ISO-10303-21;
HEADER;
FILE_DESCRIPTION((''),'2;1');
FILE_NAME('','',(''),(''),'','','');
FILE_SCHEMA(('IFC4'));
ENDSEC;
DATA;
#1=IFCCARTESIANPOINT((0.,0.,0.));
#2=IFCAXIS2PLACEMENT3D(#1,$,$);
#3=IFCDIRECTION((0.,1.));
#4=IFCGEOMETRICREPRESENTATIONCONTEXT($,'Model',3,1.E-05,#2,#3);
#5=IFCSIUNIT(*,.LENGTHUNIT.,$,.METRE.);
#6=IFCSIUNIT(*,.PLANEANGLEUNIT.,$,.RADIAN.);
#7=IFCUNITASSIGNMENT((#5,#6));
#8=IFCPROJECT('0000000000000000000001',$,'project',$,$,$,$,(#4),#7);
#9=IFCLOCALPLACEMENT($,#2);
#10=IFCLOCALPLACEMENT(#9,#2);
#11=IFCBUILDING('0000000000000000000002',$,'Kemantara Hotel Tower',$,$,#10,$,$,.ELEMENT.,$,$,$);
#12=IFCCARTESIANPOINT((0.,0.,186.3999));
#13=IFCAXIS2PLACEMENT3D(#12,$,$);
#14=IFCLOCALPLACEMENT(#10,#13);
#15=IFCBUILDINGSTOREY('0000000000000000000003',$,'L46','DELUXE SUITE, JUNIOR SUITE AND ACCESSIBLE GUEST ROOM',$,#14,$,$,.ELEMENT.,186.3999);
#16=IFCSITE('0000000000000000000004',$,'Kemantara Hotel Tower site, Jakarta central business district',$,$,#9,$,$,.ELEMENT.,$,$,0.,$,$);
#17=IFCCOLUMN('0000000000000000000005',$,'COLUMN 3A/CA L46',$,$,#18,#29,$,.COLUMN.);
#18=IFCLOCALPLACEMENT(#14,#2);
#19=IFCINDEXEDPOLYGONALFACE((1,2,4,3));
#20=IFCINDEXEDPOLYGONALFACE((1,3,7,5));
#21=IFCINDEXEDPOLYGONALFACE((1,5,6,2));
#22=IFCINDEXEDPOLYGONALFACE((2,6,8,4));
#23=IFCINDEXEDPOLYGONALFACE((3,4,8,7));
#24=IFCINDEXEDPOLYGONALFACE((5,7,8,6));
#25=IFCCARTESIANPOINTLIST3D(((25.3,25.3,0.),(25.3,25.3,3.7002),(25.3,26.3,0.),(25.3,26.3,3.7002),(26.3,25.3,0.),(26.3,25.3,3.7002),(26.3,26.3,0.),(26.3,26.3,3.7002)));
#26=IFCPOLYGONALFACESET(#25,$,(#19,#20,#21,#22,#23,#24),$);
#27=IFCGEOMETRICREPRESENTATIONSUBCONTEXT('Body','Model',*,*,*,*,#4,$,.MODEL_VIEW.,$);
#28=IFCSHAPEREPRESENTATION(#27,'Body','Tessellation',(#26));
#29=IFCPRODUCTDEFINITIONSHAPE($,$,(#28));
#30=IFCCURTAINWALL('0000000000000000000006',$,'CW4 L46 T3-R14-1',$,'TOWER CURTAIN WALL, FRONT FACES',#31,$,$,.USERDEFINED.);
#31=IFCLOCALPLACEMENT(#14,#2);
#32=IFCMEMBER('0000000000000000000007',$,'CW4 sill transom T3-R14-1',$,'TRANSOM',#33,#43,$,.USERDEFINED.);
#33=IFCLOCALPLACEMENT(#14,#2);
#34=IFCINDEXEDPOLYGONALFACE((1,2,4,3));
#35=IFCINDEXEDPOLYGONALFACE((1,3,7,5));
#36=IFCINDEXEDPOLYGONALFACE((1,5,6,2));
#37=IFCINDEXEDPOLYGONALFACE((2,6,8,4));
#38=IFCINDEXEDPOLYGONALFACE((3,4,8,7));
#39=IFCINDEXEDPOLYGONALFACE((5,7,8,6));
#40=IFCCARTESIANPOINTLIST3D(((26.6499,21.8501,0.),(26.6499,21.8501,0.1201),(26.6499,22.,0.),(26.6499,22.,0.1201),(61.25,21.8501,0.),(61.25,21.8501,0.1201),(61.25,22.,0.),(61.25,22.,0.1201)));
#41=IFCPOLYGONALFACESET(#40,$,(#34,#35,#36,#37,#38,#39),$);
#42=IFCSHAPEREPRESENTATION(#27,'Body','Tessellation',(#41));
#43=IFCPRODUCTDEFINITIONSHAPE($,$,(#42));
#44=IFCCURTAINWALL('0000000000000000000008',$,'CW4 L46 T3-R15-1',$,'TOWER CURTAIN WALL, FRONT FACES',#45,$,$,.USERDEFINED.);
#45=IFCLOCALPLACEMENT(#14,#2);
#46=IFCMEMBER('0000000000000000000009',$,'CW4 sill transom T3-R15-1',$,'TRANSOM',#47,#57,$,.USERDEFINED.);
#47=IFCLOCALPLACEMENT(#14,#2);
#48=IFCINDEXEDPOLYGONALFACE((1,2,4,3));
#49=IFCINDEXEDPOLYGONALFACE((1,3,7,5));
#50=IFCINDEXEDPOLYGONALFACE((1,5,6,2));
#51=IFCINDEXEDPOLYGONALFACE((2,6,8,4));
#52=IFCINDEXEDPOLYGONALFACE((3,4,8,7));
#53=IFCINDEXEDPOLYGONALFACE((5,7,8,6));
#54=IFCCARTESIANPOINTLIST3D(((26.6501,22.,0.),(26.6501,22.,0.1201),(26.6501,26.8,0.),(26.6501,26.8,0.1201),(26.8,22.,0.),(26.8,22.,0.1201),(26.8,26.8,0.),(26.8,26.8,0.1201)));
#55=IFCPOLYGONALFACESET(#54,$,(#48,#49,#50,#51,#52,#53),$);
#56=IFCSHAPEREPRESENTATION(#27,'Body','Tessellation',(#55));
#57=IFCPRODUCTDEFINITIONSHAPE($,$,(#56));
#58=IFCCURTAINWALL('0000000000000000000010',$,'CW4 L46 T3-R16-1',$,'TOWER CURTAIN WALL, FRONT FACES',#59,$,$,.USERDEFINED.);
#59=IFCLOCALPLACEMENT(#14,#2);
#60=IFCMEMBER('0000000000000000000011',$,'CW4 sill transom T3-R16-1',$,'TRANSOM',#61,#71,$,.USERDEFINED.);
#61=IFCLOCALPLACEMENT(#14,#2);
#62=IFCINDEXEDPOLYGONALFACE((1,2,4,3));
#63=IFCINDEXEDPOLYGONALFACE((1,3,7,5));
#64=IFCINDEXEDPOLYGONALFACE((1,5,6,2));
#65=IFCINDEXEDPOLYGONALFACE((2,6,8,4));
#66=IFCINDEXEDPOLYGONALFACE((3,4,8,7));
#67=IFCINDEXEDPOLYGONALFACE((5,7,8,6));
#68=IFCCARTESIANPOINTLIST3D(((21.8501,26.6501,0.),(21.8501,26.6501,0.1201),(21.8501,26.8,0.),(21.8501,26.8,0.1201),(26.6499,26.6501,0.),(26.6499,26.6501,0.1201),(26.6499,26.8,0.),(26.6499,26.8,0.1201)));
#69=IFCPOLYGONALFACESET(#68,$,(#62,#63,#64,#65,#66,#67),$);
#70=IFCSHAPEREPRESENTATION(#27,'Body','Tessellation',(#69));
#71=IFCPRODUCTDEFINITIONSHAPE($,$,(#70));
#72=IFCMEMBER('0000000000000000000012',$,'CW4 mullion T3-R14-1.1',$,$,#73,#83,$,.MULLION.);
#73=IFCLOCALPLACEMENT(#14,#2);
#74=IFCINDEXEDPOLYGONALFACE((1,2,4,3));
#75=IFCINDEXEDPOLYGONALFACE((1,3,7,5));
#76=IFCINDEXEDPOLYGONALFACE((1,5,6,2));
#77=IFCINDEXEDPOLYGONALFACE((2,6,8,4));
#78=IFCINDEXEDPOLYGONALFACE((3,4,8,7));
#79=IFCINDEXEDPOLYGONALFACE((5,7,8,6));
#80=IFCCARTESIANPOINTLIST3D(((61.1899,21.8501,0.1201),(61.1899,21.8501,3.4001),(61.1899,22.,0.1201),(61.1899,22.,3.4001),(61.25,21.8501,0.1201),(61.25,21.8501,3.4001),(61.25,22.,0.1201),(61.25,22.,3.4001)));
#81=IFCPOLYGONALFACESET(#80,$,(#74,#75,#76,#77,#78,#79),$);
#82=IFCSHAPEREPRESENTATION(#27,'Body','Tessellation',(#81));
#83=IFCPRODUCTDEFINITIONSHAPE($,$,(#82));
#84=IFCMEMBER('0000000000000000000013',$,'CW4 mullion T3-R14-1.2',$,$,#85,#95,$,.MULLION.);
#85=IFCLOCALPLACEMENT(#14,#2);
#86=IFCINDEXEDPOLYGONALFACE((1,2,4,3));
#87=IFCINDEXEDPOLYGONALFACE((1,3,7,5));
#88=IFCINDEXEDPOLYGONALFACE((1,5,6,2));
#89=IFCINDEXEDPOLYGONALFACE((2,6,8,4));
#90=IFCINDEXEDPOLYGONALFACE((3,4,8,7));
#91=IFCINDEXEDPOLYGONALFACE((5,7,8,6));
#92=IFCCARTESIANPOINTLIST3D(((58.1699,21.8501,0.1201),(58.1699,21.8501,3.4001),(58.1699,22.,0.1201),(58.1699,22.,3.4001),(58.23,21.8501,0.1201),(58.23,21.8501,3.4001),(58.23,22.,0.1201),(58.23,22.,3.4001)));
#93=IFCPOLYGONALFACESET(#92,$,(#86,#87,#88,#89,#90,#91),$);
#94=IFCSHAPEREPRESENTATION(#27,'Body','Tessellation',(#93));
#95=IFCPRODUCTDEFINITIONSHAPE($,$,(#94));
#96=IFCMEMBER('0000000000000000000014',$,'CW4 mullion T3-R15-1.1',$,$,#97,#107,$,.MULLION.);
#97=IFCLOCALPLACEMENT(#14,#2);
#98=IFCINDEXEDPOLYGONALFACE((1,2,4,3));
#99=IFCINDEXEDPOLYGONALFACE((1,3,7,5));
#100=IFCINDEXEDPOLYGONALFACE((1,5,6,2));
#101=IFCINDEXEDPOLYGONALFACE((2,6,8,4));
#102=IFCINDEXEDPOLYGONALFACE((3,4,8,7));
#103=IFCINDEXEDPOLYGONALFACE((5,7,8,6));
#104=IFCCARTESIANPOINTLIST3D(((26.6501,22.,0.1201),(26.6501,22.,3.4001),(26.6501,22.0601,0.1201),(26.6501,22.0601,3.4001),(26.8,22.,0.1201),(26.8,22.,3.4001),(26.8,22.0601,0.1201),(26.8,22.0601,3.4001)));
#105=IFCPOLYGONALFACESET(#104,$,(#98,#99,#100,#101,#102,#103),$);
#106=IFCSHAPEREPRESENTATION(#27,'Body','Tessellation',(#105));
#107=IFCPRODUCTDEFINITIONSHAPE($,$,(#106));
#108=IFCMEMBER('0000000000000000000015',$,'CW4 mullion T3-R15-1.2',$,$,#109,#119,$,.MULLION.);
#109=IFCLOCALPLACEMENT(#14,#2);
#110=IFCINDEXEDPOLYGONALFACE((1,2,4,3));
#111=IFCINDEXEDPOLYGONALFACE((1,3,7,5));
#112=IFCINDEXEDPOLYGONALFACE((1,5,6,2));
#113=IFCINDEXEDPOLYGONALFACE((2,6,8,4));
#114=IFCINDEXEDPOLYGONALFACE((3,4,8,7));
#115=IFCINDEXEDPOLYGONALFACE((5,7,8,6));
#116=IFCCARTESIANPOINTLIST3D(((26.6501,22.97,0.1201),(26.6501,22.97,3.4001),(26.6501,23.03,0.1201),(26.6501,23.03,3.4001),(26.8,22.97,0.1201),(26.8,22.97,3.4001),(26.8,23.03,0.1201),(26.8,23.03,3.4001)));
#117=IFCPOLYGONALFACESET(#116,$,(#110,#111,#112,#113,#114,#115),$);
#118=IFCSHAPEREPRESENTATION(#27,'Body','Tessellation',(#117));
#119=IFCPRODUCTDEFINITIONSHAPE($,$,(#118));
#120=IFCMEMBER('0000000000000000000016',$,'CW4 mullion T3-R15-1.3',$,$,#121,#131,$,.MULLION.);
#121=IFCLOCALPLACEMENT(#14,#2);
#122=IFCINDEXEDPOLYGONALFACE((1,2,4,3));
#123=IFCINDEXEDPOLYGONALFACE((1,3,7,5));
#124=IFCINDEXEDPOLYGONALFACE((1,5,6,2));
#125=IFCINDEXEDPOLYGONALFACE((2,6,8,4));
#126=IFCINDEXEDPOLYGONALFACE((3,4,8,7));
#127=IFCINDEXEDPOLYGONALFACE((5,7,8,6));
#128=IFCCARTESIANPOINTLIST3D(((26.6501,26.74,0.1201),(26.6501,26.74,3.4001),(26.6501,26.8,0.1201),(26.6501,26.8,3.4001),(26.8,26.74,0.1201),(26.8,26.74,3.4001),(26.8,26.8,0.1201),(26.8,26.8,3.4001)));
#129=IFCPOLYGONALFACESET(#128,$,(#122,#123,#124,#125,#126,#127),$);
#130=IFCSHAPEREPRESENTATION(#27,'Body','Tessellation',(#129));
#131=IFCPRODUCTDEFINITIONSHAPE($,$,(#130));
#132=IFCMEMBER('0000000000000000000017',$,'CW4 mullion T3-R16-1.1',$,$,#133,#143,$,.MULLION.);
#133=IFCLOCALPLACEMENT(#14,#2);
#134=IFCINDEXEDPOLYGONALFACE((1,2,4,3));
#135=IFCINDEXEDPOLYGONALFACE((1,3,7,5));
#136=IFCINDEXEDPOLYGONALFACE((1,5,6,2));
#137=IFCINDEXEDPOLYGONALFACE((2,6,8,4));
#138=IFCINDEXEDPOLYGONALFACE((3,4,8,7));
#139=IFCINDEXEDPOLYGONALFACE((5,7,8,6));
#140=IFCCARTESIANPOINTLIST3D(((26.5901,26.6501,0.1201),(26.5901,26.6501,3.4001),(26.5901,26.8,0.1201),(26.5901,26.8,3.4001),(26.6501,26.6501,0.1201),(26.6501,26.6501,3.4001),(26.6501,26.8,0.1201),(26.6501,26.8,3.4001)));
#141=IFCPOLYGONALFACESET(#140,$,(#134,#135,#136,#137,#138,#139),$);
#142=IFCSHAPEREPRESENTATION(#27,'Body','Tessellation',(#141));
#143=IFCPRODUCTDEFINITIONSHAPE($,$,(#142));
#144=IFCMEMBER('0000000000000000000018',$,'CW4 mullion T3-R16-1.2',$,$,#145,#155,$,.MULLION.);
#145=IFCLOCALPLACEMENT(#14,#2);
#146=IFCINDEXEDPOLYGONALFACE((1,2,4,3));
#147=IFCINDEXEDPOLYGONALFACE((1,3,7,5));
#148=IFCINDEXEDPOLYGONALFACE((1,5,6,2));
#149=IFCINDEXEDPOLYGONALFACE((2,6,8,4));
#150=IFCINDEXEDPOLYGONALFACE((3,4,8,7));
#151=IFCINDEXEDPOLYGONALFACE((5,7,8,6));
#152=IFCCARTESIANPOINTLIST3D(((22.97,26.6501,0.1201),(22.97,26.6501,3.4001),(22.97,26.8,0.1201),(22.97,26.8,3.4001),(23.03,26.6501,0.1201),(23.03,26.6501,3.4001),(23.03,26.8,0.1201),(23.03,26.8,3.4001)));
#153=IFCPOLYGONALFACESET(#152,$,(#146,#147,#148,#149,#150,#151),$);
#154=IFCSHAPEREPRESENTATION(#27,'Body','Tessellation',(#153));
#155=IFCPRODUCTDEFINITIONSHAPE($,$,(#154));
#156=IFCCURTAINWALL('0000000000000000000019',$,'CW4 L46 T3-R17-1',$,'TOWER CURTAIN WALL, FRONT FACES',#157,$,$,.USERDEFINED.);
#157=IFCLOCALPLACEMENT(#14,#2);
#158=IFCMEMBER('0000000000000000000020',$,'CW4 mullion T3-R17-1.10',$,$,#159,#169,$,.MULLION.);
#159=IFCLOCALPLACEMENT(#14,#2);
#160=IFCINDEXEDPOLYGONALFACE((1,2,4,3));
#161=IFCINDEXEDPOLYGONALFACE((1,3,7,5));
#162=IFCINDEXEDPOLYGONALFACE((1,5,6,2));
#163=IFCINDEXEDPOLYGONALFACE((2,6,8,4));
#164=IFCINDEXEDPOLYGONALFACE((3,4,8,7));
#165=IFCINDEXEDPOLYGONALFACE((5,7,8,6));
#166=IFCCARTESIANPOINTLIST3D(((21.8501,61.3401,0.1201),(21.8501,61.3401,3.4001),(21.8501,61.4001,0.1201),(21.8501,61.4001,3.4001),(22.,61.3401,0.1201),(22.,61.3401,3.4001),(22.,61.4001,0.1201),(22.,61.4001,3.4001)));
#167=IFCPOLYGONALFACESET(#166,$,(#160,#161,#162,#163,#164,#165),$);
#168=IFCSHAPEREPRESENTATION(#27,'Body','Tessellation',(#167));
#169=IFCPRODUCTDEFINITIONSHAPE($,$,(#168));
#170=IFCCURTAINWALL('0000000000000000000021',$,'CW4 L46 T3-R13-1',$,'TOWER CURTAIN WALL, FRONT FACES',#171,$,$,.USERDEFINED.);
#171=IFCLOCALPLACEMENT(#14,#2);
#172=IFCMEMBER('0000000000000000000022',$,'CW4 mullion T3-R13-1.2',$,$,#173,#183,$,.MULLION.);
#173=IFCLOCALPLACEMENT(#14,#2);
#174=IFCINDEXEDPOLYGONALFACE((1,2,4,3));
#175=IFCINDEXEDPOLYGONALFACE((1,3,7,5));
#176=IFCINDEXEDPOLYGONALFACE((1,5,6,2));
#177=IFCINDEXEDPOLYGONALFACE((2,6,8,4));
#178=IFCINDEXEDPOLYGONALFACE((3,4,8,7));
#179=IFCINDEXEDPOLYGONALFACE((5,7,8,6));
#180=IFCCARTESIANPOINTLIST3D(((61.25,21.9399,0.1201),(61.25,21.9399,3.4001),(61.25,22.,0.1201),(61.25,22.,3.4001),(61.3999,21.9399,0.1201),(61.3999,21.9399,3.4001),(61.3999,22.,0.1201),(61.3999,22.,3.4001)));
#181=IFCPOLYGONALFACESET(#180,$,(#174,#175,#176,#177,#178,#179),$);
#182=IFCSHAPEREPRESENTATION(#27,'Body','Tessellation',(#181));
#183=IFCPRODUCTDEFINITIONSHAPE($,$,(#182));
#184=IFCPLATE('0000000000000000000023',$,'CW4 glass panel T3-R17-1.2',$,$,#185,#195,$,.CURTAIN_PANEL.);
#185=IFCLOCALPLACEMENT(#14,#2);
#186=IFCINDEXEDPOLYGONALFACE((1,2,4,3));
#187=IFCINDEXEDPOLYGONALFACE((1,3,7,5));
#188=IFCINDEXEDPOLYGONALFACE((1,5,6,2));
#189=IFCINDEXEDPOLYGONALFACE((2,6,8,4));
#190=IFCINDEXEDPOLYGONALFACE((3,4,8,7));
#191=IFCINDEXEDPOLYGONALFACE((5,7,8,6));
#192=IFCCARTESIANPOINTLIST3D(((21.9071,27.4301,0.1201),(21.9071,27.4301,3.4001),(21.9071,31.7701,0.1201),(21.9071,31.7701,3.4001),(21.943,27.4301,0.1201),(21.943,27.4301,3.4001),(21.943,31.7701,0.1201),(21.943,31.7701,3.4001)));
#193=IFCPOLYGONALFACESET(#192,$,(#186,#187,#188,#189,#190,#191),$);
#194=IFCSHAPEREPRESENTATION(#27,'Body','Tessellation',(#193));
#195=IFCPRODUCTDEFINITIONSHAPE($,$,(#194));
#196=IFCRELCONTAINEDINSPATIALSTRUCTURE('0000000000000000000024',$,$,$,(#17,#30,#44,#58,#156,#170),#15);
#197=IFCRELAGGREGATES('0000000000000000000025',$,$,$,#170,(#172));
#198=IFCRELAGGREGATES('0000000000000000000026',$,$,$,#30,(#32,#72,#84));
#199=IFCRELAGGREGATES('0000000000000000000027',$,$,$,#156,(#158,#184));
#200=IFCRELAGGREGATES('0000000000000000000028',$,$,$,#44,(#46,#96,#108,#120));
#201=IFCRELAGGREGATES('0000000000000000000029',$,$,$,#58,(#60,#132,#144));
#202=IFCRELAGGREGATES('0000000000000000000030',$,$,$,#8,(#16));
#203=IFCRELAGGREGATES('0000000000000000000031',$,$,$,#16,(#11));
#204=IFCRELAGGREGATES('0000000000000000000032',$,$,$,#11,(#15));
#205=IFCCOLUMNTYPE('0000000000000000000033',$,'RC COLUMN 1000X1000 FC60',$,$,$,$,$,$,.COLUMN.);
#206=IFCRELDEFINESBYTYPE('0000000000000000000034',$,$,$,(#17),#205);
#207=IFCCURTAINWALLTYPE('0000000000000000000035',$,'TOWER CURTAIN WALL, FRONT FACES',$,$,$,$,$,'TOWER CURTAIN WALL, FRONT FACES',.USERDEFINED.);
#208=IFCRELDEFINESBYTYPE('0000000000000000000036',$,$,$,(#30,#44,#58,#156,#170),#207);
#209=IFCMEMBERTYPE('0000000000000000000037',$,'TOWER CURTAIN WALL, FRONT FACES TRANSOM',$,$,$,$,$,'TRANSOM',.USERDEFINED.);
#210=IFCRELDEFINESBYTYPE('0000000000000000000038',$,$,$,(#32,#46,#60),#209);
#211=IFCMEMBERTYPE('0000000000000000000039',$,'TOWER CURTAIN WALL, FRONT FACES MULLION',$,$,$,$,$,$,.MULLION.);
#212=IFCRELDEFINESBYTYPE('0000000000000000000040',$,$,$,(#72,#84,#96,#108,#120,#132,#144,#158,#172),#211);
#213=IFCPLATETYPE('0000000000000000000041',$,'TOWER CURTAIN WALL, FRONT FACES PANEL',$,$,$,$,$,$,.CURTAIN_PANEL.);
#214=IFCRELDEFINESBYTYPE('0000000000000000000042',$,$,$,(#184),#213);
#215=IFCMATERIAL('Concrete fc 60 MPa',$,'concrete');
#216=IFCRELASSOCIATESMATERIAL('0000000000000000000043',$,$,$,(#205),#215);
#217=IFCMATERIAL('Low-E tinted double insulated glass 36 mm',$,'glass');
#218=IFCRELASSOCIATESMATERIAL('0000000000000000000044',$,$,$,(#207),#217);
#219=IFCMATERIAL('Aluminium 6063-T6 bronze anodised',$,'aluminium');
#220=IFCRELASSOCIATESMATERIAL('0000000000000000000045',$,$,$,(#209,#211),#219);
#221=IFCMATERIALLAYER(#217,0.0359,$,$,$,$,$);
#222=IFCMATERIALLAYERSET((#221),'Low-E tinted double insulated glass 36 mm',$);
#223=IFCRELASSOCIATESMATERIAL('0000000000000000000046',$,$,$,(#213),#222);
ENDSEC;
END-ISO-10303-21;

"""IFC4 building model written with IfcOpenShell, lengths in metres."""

from ifc_helpers import new_model, si_unit, direction, frame, origin, origin_2d, place, context, subcontext, project, spatial, rectangle, extrude, source, transform, mapped, material, layer, layer_set, material_profile, profile_set, type_object, element, aggregate, save


model = new_model("IFC4")

# Units and contexts
model_context = context("Model", 3, precision=1e-05, world=origin(), true_north=direction((0.0, 1.0)))
body_context = subcontext(model_context, "Body", "Model", "MODEL_VIEW")
ifc_project = project(units=[si_unit("LENGTHUNIT", "METRE"), si_unit("PLANEANGLEUNIT", "RADIAN")], contexts=[model_context])

# Site, building, storey
site_placement = place(None, origin())
site = spatial("IfcSite", under=ifc_project, at=site_placement, Name="Kemantara Hotel Tower site, Jakarta central business district", CompositionType="ELEMENT", RefElevation=0.0)
building_placement = place(site_placement, origin())
building = spatial("IfcBuilding", under=site, at=building_placement, Name="Kemantara Hotel Tower", CompositionType="ELEMENT")
storey_placement = place(building_placement, frame((0.0, 0.0, 186.3999)))
storey = spatial("IfcBuildingStorey", under=building, at=storey_placement, Name="L46", Description="DELUXE SUITE, JUNIOR SUITE AND ACCESSIBLE GUEST ROOM", CompositionType="ELEMENT", Elevation=186.3999)

# Column
ifc_material_1 = material(Name="Concrete fc 60 MPa", Category="concrete")
ifc_material_profile_1 = material_profile(ifc_material_1, rectangle(XDim=1.0, YDim=1.0, at=origin_2d()), Name="RC 1000X1000")
ifc_profile_set_1 = profile_set([ifc_material_profile_1], Name="Concrete fc 60 MPa")
column_type = type_object("IfcColumnType", Name="RC COLUMN 1000X1000 FC60", PredefinedType="COLUMN", material=ifc_profile_set_1)
column_placement = place(storey_placement, frame((25.8, 25.8, 0.0), z_axis=(0.0, 0.0, 1.0), x_axis=(1.0, 0.0, 0.0)))
element("IfcColumn", 1, at=column_placement, inside=storey, type_object=column_type, Name="COLUMN 3A/CA L46", PredefinedType="COLUMN", context=body_context, shape_type="SweptSolid", body=[
    extrude(rectangle(XDim=1.0, YDim=1.0, at=origin_2d()), origin(), (0.0, 0.0, 1.0), 3.7002),
])

# Curtain walls, members
ifc_material_2 = material(Name="Low-E tinted double insulated glass 36 mm", Category="glass")
curtain_wall_type = type_object("IfcCurtainWallType", Name="TOWER CURTAIN WALL, FRONT FACES", ElementType="TOWER CURTAIN WALL, FRONT FACES", PredefinedType="USERDEFINED", material=ifc_material_2)
curtain_wall_1_placement = place(storey_placement, origin())
curtain_wall_1 = element("IfcCurtainWall", 2, at=curtain_wall_1_placement, inside=storey, type_object=curtain_wall_type, Name="CW4 L46 T3-R14-1", ObjectType="TOWER CURTAIN WALL, FRONT FACES", PredefinedType="USERDEFINED")
ifc_material_3 = material(Name="Aluminium 6063-T6 bronze anodised", Category="aluminium")
ifc_material_profile_2 = material_profile(ifc_material_3, rectangle(XDim=0.1499, YDim=0.1201, at=origin_2d()), Name="TOWER CURTAIN WALL, FRONT FACES TRANSOM")
ifc_profile_set_2 = profile_set([ifc_material_profile_2], Name="Aluminium 6063-T6 bronze anodised")
member_type_1 = type_object("IfcMemberType", Name="TOWER CURTAIN WALL, FRONT FACES TRANSOM", ElementType="TRANSOM", PredefinedType="USERDEFINED", material=ifc_profile_set_2)
member_1_placement = place(storey_placement, frame((61.25, 21.925, 0.0601), z_axis=(-1.0, 0.0, 0.0), x_axis=(0.0, -1.0, 0.0)))
member_1 = element("IfcMember", 3, at=member_1_placement, type_object=member_type_1, Name="CW4 sill transom T3-R14-1", ObjectType="TRANSOM", PredefinedType="USERDEFINED", context=body_context, shape_type="SweptSolid", body=[
    extrude(rectangle(XDim=0.1499, YDim=0.1201, at=origin_2d()), origin(), (0.0, 0.0, 1.0), 34.6001),
])
curtain_wall_2_placement = place(storey_placement, origin())
curtain_wall_2 = element("IfcCurtainWall", 4, at=curtain_wall_2_placement, inside=storey, type_object=curtain_wall_type, Name="CW4 L46 T3-R15-1", ObjectType="TOWER CURTAIN WALL, FRONT FACES", PredefinedType="USERDEFINED")
member_2_placement = place(storey_placement, frame((26.7251, 22.0, 0.0601), z_axis=(0.0, 1.0, 0.0), x_axis=(-1.0, 0.0, 0.0)))
member_2 = element("IfcMember", 5, at=member_2_placement, type_object=member_type_1, Name="CW4 sill transom T3-R15-1", ObjectType="TRANSOM", PredefinedType="USERDEFINED", context=body_context, shape_type="SweptSolid", body=[
    extrude(rectangle(XDim=0.1499, YDim=0.1201, at=origin_2d()), origin(), (0.0, 0.0, 1.0), 4.8),
])
curtain_wall_3_placement = place(storey_placement, origin())
curtain_wall_3 = element("IfcCurtainWall", 6, at=curtain_wall_3_placement, inside=storey, type_object=curtain_wall_type, Name="CW4 L46 T3-R16-1", ObjectType="TOWER CURTAIN WALL, FRONT FACES", PredefinedType="USERDEFINED")
member_3_placement = place(storey_placement, frame((26.6499, 26.7251, 0.0601), z_axis=(-1.0, 0.0, 0.0), x_axis=(0.0, -1.0, 0.0)))
member_3 = element("IfcMember", 7, at=member_3_placement, type_object=member_type_1, Name="CW4 sill transom T3-R16-1", ObjectType="TRANSOM", PredefinedType="USERDEFINED", context=body_context, shape_type="SweptSolid", body=[
    extrude(rectangle(XDim=0.1499, YDim=0.1201, at=origin_2d()), origin(), (0.0, 0.0, 1.0), 4.7998),
])

# Members
ifc_material_profile_3 = material_profile(ifc_material_3, rectangle(XDim=0.1499, YDim=0.0601, at=origin_2d()), Name="TOWER CURTAIN WALL, FRONT FACES MULLION")
ifc_profile_set_3 = profile_set([ifc_material_profile_3], Name="Aluminium 6063-T6 bronze anodised")
member_type_2 = type_object("IfcMemberType", Name="TOWER CURTAIN WALL, FRONT FACES MULLION", PredefinedType="MULLION", material=ifc_profile_set_3)
shared_shape_1 = source(origin(), body_context, "Body", "SweptSolid", [
    extrude(rectangle(XDim=0.1499, YDim=0.0601, at=origin_2d()), origin(), (0.0, 0.0, 1.0), 3.28),
])
member_4_placement = place(storey_placement, frame((61.22, 21.925, 0.1201), z_axis=(0.0, 0.0, 1.0), x_axis=(0.0, -1.0, 0.0)))
member_4 = element("IfcMember", 8, at=member_4_placement, type_object=member_type_2, Name="CW4 mullion T3-R14-1.1", PredefinedType="MULLION", context=body_context, shape_type="MappedRepresentation", body=[
    mapped(shared_shape_1, transform((0.0, 0.0, 0.0))),
])
member_5_placement = place(storey_placement, frame((58.2, 21.925, 0.1201), z_axis=(0.0, 0.0, 1.0), x_axis=(0.0, -1.0, 0.0)))
member_5 = element("IfcMember", 9, at=member_5_placement, type_object=member_type_2, Name="CW4 mullion T3-R14-1.2", PredefinedType="MULLION", context=body_context, shape_type="MappedRepresentation", body=[
    mapped(shared_shape_1, transform((0.0, 0.0, 0.0))),
])
member_6_placement = place(storey_placement, frame((26.7251, 22.03, 0.1201), z_axis=(0.0, 0.0, 1.0), x_axis=(-1.0, 0.0, 0.0)))
member_6 = element("IfcMember", 10, at=member_6_placement, type_object=member_type_2, Name="CW4 mullion T3-R15-1.1", PredefinedType="MULLION", context=body_context, shape_type="MappedRepresentation", body=[
    mapped(shared_shape_1, transform((0.0, 0.0, 0.0))),
])
member_7_placement = place(storey_placement, frame((26.7251, 23.0, 0.1201), z_axis=(0.0, 0.0, 1.0), x_axis=(-1.0, 0.0, 0.0)))
member_7 = element("IfcMember", 11, at=member_7_placement, type_object=member_type_2, Name="CW4 mullion T3-R15-1.2", PredefinedType="MULLION", context=body_context, shape_type="MappedRepresentation", body=[
    mapped(shared_shape_1, transform((0.0, 0.0, 0.0))),
])
member_8_placement = place(storey_placement, frame((26.7251, 26.77, 0.1201), z_axis=(0.0, 0.0, 1.0), x_axis=(-1.0, 0.0, 0.0)))
member_8 = element("IfcMember", 12, at=member_8_placement, type_object=member_type_2, Name="CW4 mullion T3-R15-1.3", PredefinedType="MULLION", context=body_context, shape_type="MappedRepresentation", body=[
    mapped(shared_shape_1, transform((0.0, 0.0, 0.0))),
])
member_9_placement = place(storey_placement, frame((26.6201, 26.7251, 0.1201), z_axis=(0.0, 0.0, 1.0), x_axis=(0.0, -1.0, 0.0)))
member_9 = element("IfcMember", 13, at=member_9_placement, type_object=member_type_2, Name="CW4 mullion T3-R16-1.1", PredefinedType="MULLION", context=body_context, shape_type="MappedRepresentation", body=[
    mapped(shared_shape_1, transform((0.0, 0.0, 0.0))),
])
member_10_placement = place(storey_placement, frame((23.0, 26.7251, 0.1201), z_axis=(0.0, 0.0, 1.0), x_axis=(0.0, -1.0, 0.0)))
member_10 = element("IfcMember", 14, at=member_10_placement, type_object=member_type_2, Name="CW4 mullion T3-R16-1.2", PredefinedType="MULLION", context=body_context, shape_type="MappedRepresentation", body=[
    mapped(shared_shape_1, transform((0.0, 0.0, 0.0))),
])

# Curtain walls, members
curtain_wall_4_placement = place(storey_placement, origin())
curtain_wall_4 = element("IfcCurtainWall", 15, at=curtain_wall_4_placement, inside=storey, type_object=curtain_wall_type, Name="CW4 L46 T3-R17-1", ObjectType="TOWER CURTAIN WALL, FRONT FACES", PredefinedType="USERDEFINED")
member_11_placement = place(storey_placement, frame((21.925, 61.3701, 0.1201), z_axis=(0.0, 0.0, 1.0), x_axis=(-1.0, 0.0, 0.0)))
member_11 = element("IfcMember", 16, at=member_11_placement, type_object=member_type_2, Name="CW4 mullion T3-R17-1.10", PredefinedType="MULLION", context=body_context, shape_type="MappedRepresentation", body=[
    mapped(shared_shape_1, transform((0.0, 0.0, 0.0))),
])
curtain_wall_5_placement = place(storey_placement, origin())
curtain_wall_5 = element("IfcCurtainWall", 17, at=curtain_wall_5_placement, inside=storey, type_object=curtain_wall_type, Name="CW4 L46 T3-R13-1", ObjectType="TOWER CURTAIN WALL, FRONT FACES", PredefinedType="USERDEFINED")
member_12_placement = place(storey_placement, frame((61.325, 21.97, 0.1201), z_axis=(0.0, 0.0, 1.0), x_axis=(-1.0, 0.0, 0.0)))
member_12 = element("IfcMember", 18, at=member_12_placement, type_object=member_type_2, Name="CW4 mullion T3-R13-1.2", PredefinedType="MULLION", context=body_context, shape_type="MappedRepresentation", body=[
    mapped(shared_shape_1, transform((0.0, 0.0, 0.0))),
])
aggregate(curtain_wall_5, [member_12])

# Plate
ifc_layer_1 = layer(ifc_material_2, 0.0359)
ifc_layer_set_1 = layer_set([ifc_layer_1], Name="Low-E tinted double insulated glass 36 mm")
plate_type = type_object("IfcPlateType", Name="TOWER CURTAIN WALL, FRONT FACES PANEL", PredefinedType="CURTAIN_PANEL", material=ifc_layer_set_1)
shared_shape_2 = source(origin(), body_context, "Body", "SweptSolid", [
    extrude(rectangle(XDim=4.3401, YDim=0.0359, at=origin_2d()), origin(), (0.0, 0.0, 1.0), 3.28),
])
plate_1_placement = place(storey_placement, frame((21.925, 29.6001, 0.1201), z_axis=(0.0, 0.0, 1.0), x_axis=(0.0, 1.0, 0.0)))
plate_1 = element("IfcPlate", 19, at=plate_1_placement, type_object=plate_type, Name="CW4 glass panel T3-R17-1.2", PredefinedType="CURTAIN_PANEL", context=body_context, shape_type="MappedRepresentation", body=[
    mapped(shared_shape_2, transform((0.0, 0.0, 0.0))),
])
aggregate(curtain_wall_1, [member_1, member_4, member_5])
aggregate(curtain_wall_4, [member_11, plate_1])
aggregate(curtain_wall_2, [member_2, member_6, member_7, member_8])
aggregate(curtain_wall_3, [member_3, member_9, member_10])

save(model, "model.ifc")
